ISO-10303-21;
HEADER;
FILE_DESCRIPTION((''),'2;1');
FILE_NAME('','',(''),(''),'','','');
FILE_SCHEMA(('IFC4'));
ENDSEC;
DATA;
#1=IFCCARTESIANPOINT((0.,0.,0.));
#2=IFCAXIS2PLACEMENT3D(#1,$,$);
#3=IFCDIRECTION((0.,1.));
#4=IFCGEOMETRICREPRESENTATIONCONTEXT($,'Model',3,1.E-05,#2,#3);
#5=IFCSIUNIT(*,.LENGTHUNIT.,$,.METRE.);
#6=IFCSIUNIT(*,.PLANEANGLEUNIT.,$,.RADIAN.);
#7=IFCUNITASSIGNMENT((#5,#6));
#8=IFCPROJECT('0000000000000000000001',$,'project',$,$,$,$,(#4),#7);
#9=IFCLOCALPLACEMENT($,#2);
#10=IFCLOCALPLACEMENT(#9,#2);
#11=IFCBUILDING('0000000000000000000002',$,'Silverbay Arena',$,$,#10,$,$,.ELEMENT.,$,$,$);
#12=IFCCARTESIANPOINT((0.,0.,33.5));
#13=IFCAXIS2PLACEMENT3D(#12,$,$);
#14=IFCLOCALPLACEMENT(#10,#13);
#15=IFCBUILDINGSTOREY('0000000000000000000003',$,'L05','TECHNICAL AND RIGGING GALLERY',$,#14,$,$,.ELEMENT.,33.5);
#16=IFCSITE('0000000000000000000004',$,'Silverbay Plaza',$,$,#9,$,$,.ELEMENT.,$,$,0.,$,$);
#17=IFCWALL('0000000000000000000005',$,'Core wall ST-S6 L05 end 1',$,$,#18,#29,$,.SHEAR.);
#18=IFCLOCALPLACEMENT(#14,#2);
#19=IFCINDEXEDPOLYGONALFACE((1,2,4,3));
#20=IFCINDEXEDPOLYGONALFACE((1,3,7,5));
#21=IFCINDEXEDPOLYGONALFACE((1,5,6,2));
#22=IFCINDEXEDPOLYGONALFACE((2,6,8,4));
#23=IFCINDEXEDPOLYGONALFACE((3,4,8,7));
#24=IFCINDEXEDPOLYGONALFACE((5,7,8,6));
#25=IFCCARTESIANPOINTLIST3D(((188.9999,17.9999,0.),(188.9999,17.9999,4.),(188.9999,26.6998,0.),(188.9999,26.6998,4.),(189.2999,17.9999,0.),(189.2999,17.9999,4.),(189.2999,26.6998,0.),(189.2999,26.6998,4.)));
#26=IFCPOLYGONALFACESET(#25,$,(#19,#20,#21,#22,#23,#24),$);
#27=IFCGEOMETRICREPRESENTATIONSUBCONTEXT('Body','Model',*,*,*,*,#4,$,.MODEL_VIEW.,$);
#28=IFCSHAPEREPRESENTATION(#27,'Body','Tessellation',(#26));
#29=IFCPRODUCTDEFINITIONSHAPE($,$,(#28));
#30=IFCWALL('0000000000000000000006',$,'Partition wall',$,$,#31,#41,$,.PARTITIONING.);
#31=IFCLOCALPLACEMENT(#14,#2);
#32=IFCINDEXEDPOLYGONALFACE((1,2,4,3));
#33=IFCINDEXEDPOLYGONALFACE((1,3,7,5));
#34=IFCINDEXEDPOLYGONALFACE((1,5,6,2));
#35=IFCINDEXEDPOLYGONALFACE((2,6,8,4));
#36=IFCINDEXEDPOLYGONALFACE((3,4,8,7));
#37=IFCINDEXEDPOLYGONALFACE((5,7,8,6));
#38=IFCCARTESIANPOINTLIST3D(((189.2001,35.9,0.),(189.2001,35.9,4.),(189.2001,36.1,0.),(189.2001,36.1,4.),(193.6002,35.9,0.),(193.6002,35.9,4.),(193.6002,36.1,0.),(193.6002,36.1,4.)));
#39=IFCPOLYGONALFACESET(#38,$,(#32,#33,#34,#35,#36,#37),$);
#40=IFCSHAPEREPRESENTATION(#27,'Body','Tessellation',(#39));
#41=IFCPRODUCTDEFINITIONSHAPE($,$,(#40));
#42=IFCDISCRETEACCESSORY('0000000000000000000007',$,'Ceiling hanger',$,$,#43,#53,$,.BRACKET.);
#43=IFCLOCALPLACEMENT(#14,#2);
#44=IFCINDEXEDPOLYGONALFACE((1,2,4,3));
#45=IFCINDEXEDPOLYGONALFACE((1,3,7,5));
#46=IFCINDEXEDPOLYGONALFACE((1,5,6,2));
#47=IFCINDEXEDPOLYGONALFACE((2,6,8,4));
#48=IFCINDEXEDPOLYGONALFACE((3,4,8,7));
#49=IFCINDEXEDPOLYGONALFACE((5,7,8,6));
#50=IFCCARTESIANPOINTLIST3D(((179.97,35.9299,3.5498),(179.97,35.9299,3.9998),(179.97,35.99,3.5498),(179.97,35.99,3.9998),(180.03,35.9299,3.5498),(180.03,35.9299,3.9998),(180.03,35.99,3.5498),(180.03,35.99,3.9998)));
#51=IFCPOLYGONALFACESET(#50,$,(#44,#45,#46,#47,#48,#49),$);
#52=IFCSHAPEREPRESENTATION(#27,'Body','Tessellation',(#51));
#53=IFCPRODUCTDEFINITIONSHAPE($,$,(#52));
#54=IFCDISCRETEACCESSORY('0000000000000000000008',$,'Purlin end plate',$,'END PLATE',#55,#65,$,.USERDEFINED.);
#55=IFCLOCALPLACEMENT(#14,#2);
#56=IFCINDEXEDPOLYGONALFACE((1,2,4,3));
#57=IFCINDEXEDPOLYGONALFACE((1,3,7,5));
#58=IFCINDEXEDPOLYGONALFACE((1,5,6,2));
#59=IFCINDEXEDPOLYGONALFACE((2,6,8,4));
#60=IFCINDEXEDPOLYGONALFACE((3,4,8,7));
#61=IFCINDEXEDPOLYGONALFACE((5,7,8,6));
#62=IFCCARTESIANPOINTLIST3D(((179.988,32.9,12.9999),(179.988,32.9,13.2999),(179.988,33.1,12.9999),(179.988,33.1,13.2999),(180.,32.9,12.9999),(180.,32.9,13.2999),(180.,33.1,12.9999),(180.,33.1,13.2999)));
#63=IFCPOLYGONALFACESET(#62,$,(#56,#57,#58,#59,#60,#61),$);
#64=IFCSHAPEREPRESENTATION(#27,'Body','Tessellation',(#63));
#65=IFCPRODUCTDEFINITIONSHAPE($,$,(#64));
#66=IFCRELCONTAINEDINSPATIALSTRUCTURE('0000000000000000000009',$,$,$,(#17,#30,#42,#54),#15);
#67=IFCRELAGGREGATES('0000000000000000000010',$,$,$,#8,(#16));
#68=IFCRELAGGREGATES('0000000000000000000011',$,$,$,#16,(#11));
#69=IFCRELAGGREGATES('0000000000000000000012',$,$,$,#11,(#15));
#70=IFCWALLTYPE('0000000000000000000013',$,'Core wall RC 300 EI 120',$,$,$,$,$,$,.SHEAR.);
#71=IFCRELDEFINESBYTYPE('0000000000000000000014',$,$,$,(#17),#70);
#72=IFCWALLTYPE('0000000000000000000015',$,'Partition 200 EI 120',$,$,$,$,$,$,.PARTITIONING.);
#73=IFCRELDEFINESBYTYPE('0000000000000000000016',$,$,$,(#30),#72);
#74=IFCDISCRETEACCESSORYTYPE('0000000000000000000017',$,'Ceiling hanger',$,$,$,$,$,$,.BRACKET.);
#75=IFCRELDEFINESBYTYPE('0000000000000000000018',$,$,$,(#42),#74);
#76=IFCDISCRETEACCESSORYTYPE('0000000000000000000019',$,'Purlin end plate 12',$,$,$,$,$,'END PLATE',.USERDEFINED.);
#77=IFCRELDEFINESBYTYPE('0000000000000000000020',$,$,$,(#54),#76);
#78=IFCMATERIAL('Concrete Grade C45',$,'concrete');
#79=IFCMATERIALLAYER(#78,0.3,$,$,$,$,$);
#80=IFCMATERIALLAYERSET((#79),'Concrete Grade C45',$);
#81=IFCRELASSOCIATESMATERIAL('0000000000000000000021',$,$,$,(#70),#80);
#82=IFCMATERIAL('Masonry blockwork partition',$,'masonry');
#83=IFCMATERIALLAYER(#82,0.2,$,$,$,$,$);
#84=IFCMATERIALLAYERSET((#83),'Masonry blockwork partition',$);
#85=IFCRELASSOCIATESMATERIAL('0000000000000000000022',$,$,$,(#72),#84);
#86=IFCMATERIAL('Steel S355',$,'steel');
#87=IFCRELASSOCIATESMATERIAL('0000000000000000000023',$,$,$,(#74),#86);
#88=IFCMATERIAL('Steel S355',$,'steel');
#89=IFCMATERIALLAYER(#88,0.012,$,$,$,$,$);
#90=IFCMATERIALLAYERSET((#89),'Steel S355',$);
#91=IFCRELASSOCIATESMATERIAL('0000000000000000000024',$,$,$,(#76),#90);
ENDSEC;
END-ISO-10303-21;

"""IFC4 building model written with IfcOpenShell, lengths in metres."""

from ifc_helpers import new_model, si_unit, direction, frame, frame_2d, origin, origin_2d, place, context, subcontext, project, spatial, rectangle, extrude, material, layer, layer_set, type_object, element, save


model = new_model("IFC4")

# Units and contexts
model_context = context("Model", 3, precision=1e-05, world=origin(), true_north=direction((0.0, 1.0)))
body_context = subcontext(model_context, "Body", "Model", "MODEL_VIEW")
ifc_project = project(units=[si_unit("LENGTHUNIT", "METRE"), si_unit("PLANEANGLEUNIT", "RADIAN")], contexts=[model_context])

# Site, building, storey
site_placement = place(None, origin())
site = spatial("IfcSite", under=ifc_project, at=site_placement, Name="Silverbay Plaza", CompositionType="ELEMENT", RefElevation=0.0)
building_placement = place(site_placement, origin())
building = spatial("IfcBuilding", under=site, at=building_placement, Name="Silverbay Arena", CompositionType="ELEMENT")
storey_placement = place(building_placement, frame((0.0, 0.0, 33.5)))
storey = spatial("IfcBuildingStorey", under=building, at=storey_placement, Name="L05", Description="TECHNICAL AND RIGGING GALLERY", CompositionType="ELEMENT", Elevation=33.5)

# Shared definitions
ifc_material_1 = material(Name="Concrete Grade C45", Category="concrete")
ifc_layer_1 = layer(ifc_material_1, 0.3)
ifc_layer_set_1 = layer_set([ifc_layer_1], Name="Concrete Grade C45")
wall_type_1 = type_object("IfcWallType", Name="Core wall RC 300 EI 120", PredefinedType="SHEAR", material=ifc_layer_set_1)

# Walls
wall_1_placement = place(storey_placement, frame((189.1499, 26.7, 0.0), z_axis=(0.0, 0.0, 1.0), x_axis=(0.0, -1.0, 0.0)))
element("IfcWall", 1, at=wall_1_placement, inside=storey, type_object=wall_type_1, Name="Core wall ST-S6 L05 end 1", PredefinedType="SHEAR", context=body_context, shape_type="SweptSolid", body=[
    extrude(rectangle(XDim=8.7, YDim=0.3, at=frame_2d((4.3501, 0.0))), origin(), (0.0, 0.0, 1.0), 4.0),
])
ifc_material_2 = material(Name="Masonry blockwork partition", Category="masonry")
ifc_layer_2 = layer(ifc_material_2, 0.2)
ifc_layer_set_2 = layer_set([ifc_layer_2], Name="Masonry blockwork partition")
wall_type_2 = type_object("IfcWallType", Name="Partition 200 EI 120", PredefinedType="PARTITIONING", material=ifc_layer_set_2)
wall_2_placement = place(storey_placement, frame((189.2, 36.0, 0.0), z_axis=(0.0, 0.0, 1.0), x_axis=(1.0, 0.0, 0.0)))
element("IfcWall", 2, at=wall_2_placement, inside=storey, type_object=wall_type_2, Name="Partition wall", PredefinedType="PARTITIONING", context=body_context, shape_type="SweptSolid", body=[
    extrude(rectangle(XDim=4.4001, YDim=0.2, at=frame_2d((2.2002, 0.0))), origin(), (0.0, 0.0, 1.0), 4.0),
])

# Discrete accessories
ifc_material_3 = material(Name="Steel S355", Category="steel")
discrete_accessory_type_1 = type_object("IfcDiscreteAccessoryType", Name="Ceiling hanger", PredefinedType="BRACKET", material=ifc_material_3)
discrete_accessory_1_placement = place(storey_placement, frame((180.0, 35.96, 3.5498), z_axis=(0.0, 0.0, 1.0), x_axis=(1.0, 0.0, 0.0)))
element("IfcDiscreteAccessory", 3, at=discrete_accessory_1_placement, inside=storey, type_object=discrete_accessory_type_1, Name="Ceiling hanger", PredefinedType="BRACKET", context=body_context, shape_type="SweptSolid", body=[
    extrude(rectangle(XDim=0.0601, YDim=0.0601, at=origin_2d()), origin(), (0.0, 0.0, 1.0), 0.45),
])
ifc_material_4 = material(Name="Steel S355", Category="steel")
ifc_layer_3 = layer(ifc_material_4, 0.012)
ifc_layer_set_3 = layer_set([ifc_layer_3], Name="Steel S355")
discrete_accessory_type_2 = type_object("IfcDiscreteAccessoryType", Name="Purlin end plate 12", ElementType="END PLATE", PredefinedType="USERDEFINED", material=ifc_layer_set_3)
discrete_accessory_2_placement = place(storey_placement, frame((180.0, 33.0, 13.1499), z_axis=(-1.0, 0.0, 0.0), x_axis=(0.0, -1.0, 0.0)))
element("IfcDiscreteAccessory", 4, at=discrete_accessory_2_placement, inside=storey, type_object=discrete_accessory_type_2, Name="Purlin end plate", ObjectType="END PLATE", PredefinedType="USERDEFINED", context=body_context, shape_type="SweptSolid", body=[
    extrude(rectangle(XDim=0.2, YDim=0.3, at=origin_2d()), origin(), (0.0, 0.0, 1.0), 0.012),
])

save(model, "model.ifc")
